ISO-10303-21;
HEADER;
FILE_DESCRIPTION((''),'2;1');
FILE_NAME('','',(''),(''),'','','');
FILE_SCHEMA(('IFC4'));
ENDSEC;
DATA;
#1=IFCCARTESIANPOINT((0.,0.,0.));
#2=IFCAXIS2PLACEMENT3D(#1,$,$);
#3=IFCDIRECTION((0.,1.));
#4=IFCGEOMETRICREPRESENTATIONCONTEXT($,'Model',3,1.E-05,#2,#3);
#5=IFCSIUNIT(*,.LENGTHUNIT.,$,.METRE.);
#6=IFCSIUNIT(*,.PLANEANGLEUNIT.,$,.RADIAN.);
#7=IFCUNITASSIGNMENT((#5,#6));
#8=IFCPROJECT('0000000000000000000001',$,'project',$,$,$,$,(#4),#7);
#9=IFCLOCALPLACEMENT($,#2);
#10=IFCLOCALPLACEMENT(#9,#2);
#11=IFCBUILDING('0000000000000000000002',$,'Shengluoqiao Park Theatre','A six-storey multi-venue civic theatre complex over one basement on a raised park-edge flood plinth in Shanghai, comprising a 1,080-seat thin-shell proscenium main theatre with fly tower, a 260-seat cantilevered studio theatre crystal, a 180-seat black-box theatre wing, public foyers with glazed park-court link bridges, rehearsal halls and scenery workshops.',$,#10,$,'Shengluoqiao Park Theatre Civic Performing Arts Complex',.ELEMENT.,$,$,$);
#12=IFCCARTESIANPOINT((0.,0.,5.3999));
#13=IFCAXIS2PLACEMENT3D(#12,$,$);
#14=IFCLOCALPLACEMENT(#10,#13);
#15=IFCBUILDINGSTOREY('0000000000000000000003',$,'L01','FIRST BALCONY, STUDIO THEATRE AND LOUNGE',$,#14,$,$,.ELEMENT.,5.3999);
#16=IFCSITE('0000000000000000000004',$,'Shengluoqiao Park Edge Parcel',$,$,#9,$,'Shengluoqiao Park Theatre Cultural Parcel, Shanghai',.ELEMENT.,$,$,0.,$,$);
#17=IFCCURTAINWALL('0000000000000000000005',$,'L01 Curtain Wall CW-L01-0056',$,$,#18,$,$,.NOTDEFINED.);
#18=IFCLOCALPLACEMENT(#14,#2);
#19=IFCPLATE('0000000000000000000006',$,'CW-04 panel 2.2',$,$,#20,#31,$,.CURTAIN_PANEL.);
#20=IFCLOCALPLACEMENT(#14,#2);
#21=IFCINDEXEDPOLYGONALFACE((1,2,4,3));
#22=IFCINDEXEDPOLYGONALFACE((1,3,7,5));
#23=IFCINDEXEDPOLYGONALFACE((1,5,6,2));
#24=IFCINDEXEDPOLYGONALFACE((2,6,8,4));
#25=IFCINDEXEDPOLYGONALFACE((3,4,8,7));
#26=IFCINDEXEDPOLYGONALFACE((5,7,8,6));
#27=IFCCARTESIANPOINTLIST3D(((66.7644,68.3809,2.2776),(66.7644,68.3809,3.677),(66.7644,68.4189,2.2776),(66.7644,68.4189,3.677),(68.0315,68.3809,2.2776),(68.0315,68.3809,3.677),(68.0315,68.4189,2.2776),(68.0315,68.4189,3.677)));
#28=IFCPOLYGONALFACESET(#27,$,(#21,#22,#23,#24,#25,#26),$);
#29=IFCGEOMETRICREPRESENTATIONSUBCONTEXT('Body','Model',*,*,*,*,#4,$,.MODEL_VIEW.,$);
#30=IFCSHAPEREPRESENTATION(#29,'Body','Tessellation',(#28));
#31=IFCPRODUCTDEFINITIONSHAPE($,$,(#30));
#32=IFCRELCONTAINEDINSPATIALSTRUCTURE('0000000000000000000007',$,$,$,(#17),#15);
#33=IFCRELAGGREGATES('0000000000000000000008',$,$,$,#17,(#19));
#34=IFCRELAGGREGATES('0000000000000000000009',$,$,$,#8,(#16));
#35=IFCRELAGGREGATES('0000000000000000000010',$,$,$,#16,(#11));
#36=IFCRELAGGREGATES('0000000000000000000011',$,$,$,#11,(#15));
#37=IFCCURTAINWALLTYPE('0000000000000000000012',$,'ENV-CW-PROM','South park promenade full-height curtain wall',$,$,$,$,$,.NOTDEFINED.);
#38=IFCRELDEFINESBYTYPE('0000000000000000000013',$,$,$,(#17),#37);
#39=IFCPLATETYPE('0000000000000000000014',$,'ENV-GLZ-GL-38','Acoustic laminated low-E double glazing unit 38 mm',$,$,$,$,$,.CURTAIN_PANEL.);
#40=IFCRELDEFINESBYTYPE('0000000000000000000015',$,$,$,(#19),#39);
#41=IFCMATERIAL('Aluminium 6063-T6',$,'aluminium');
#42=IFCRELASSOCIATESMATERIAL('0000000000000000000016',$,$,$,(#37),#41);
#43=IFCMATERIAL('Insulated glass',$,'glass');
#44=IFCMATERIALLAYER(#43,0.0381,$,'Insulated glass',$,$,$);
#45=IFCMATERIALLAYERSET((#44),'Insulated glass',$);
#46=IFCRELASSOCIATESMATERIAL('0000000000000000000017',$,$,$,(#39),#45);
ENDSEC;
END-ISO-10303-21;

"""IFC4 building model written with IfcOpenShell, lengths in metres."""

from ifc_helpers import new_model, si_unit, direction, frame, origin, origin_2d, place, context, subcontext, project, spatial, rectangle, extrude, material, layer, layer_set, type_object, element, aggregate, save


model = new_model("IFC4")

# Units and contexts
model_context = context("Model", 3, precision=1e-05, world=origin(), true_north=direction((0.0, 1.0)))
body_context = subcontext(model_context, "Body", "Model", "MODEL_VIEW")
ifc_project = project(units=[si_unit("LENGTHUNIT", "METRE"), si_unit("PLANEANGLEUNIT", "RADIAN")], contexts=[model_context])

# Site, building, storey
site_placement = place(None, origin())
site = spatial("IfcSite", under=ifc_project, at=site_placement, Name="Shengluoqiao Park Edge Parcel", LongName="Shengluoqiao Park Theatre Cultural Parcel, Shanghai", CompositionType="ELEMENT", RefElevation=0.0)
building_placement = place(site_placement, origin())
building = spatial("IfcBuilding", under=site, at=building_placement, Name="Shengluoqiao Park Theatre", Description="A six-storey multi-venue civic theatre complex over one basement on a raised park-edge flood plinth in Shanghai, comprising a 1,080-seat thin-shell proscenium main theatre with fly tower, a 260-seat cantilevered studio theatre crystal, a 180-seat black-box theatre wing, public foyers with glazed park-court link bridges, rehearsal halls and scenery workshops.", LongName="Shengluoqiao Park Theatre Civic Performing Arts Complex", CompositionType="ELEMENT")
storey_placement = place(building_placement, frame((0.0, 0.0, 5.3999)))
storey = spatial("IfcBuildingStorey", under=building, at=storey_placement, Name="L01", Description="FIRST BALCONY, STUDIO THEATRE AND LOUNGE", CompositionType="ELEMENT", Elevation=5.3999)

# Curtain wall
ifc_material_1 = material(Name="Aluminium 6063-T6", Category="aluminium")
curtain_wall_type = type_object("IfcCurtainWallType", Name="ENV-CW-PROM", Description="South park promenade full-height curtain wall", PredefinedType="NOTDEFINED", material=ifc_material_1)
curtain_wall_1_placement = place(storey_placement, origin())
curtain_wall_1 = element("IfcCurtainWall", 1, at=curtain_wall_1_placement, inside=storey, type_object=curtain_wall_type, Name="L01 Curtain Wall CW-L01-0056", PredefinedType="NOTDEFINED")

# Plate
ifc_material_2 = material(Name="Insulated glass", Category="glass")
ifc_layer = layer(ifc_material_2, 0.0381, Name="Insulated glass")
ifc_layer_set = layer_set([ifc_layer], Name="Insulated glass")
plate_type = type_object("IfcPlateType", Name="ENV-GLZ-GL-38", Description="Acoustic laminated low-E double glazing unit 38 mm", PredefinedType="CURTAIN_PANEL", material=ifc_layer_set)
plate_1_placement = place(storey_placement, frame((67.3979, 68.3999, 2.2776), z_axis=(0.0, 0.0, 1.0), x_axis=(1.0, 0.0, 0.0)))
plate_1 = element("IfcPlate", 2, at=plate_1_placement, type_object=plate_type, Name="CW-04 panel 2.2", PredefinedType="CURTAIN_PANEL", context=body_context, shape_type="SweptSolid", body=[
    extrude(rectangle(XDim=1.2671, YDim=0.0381, at=origin_2d()), origin(), (0.0, 0.0, 1.0), 1.3994),
])
aggregate(curtain_wall_1, [plate_1])

save(model, "model.ifc")
